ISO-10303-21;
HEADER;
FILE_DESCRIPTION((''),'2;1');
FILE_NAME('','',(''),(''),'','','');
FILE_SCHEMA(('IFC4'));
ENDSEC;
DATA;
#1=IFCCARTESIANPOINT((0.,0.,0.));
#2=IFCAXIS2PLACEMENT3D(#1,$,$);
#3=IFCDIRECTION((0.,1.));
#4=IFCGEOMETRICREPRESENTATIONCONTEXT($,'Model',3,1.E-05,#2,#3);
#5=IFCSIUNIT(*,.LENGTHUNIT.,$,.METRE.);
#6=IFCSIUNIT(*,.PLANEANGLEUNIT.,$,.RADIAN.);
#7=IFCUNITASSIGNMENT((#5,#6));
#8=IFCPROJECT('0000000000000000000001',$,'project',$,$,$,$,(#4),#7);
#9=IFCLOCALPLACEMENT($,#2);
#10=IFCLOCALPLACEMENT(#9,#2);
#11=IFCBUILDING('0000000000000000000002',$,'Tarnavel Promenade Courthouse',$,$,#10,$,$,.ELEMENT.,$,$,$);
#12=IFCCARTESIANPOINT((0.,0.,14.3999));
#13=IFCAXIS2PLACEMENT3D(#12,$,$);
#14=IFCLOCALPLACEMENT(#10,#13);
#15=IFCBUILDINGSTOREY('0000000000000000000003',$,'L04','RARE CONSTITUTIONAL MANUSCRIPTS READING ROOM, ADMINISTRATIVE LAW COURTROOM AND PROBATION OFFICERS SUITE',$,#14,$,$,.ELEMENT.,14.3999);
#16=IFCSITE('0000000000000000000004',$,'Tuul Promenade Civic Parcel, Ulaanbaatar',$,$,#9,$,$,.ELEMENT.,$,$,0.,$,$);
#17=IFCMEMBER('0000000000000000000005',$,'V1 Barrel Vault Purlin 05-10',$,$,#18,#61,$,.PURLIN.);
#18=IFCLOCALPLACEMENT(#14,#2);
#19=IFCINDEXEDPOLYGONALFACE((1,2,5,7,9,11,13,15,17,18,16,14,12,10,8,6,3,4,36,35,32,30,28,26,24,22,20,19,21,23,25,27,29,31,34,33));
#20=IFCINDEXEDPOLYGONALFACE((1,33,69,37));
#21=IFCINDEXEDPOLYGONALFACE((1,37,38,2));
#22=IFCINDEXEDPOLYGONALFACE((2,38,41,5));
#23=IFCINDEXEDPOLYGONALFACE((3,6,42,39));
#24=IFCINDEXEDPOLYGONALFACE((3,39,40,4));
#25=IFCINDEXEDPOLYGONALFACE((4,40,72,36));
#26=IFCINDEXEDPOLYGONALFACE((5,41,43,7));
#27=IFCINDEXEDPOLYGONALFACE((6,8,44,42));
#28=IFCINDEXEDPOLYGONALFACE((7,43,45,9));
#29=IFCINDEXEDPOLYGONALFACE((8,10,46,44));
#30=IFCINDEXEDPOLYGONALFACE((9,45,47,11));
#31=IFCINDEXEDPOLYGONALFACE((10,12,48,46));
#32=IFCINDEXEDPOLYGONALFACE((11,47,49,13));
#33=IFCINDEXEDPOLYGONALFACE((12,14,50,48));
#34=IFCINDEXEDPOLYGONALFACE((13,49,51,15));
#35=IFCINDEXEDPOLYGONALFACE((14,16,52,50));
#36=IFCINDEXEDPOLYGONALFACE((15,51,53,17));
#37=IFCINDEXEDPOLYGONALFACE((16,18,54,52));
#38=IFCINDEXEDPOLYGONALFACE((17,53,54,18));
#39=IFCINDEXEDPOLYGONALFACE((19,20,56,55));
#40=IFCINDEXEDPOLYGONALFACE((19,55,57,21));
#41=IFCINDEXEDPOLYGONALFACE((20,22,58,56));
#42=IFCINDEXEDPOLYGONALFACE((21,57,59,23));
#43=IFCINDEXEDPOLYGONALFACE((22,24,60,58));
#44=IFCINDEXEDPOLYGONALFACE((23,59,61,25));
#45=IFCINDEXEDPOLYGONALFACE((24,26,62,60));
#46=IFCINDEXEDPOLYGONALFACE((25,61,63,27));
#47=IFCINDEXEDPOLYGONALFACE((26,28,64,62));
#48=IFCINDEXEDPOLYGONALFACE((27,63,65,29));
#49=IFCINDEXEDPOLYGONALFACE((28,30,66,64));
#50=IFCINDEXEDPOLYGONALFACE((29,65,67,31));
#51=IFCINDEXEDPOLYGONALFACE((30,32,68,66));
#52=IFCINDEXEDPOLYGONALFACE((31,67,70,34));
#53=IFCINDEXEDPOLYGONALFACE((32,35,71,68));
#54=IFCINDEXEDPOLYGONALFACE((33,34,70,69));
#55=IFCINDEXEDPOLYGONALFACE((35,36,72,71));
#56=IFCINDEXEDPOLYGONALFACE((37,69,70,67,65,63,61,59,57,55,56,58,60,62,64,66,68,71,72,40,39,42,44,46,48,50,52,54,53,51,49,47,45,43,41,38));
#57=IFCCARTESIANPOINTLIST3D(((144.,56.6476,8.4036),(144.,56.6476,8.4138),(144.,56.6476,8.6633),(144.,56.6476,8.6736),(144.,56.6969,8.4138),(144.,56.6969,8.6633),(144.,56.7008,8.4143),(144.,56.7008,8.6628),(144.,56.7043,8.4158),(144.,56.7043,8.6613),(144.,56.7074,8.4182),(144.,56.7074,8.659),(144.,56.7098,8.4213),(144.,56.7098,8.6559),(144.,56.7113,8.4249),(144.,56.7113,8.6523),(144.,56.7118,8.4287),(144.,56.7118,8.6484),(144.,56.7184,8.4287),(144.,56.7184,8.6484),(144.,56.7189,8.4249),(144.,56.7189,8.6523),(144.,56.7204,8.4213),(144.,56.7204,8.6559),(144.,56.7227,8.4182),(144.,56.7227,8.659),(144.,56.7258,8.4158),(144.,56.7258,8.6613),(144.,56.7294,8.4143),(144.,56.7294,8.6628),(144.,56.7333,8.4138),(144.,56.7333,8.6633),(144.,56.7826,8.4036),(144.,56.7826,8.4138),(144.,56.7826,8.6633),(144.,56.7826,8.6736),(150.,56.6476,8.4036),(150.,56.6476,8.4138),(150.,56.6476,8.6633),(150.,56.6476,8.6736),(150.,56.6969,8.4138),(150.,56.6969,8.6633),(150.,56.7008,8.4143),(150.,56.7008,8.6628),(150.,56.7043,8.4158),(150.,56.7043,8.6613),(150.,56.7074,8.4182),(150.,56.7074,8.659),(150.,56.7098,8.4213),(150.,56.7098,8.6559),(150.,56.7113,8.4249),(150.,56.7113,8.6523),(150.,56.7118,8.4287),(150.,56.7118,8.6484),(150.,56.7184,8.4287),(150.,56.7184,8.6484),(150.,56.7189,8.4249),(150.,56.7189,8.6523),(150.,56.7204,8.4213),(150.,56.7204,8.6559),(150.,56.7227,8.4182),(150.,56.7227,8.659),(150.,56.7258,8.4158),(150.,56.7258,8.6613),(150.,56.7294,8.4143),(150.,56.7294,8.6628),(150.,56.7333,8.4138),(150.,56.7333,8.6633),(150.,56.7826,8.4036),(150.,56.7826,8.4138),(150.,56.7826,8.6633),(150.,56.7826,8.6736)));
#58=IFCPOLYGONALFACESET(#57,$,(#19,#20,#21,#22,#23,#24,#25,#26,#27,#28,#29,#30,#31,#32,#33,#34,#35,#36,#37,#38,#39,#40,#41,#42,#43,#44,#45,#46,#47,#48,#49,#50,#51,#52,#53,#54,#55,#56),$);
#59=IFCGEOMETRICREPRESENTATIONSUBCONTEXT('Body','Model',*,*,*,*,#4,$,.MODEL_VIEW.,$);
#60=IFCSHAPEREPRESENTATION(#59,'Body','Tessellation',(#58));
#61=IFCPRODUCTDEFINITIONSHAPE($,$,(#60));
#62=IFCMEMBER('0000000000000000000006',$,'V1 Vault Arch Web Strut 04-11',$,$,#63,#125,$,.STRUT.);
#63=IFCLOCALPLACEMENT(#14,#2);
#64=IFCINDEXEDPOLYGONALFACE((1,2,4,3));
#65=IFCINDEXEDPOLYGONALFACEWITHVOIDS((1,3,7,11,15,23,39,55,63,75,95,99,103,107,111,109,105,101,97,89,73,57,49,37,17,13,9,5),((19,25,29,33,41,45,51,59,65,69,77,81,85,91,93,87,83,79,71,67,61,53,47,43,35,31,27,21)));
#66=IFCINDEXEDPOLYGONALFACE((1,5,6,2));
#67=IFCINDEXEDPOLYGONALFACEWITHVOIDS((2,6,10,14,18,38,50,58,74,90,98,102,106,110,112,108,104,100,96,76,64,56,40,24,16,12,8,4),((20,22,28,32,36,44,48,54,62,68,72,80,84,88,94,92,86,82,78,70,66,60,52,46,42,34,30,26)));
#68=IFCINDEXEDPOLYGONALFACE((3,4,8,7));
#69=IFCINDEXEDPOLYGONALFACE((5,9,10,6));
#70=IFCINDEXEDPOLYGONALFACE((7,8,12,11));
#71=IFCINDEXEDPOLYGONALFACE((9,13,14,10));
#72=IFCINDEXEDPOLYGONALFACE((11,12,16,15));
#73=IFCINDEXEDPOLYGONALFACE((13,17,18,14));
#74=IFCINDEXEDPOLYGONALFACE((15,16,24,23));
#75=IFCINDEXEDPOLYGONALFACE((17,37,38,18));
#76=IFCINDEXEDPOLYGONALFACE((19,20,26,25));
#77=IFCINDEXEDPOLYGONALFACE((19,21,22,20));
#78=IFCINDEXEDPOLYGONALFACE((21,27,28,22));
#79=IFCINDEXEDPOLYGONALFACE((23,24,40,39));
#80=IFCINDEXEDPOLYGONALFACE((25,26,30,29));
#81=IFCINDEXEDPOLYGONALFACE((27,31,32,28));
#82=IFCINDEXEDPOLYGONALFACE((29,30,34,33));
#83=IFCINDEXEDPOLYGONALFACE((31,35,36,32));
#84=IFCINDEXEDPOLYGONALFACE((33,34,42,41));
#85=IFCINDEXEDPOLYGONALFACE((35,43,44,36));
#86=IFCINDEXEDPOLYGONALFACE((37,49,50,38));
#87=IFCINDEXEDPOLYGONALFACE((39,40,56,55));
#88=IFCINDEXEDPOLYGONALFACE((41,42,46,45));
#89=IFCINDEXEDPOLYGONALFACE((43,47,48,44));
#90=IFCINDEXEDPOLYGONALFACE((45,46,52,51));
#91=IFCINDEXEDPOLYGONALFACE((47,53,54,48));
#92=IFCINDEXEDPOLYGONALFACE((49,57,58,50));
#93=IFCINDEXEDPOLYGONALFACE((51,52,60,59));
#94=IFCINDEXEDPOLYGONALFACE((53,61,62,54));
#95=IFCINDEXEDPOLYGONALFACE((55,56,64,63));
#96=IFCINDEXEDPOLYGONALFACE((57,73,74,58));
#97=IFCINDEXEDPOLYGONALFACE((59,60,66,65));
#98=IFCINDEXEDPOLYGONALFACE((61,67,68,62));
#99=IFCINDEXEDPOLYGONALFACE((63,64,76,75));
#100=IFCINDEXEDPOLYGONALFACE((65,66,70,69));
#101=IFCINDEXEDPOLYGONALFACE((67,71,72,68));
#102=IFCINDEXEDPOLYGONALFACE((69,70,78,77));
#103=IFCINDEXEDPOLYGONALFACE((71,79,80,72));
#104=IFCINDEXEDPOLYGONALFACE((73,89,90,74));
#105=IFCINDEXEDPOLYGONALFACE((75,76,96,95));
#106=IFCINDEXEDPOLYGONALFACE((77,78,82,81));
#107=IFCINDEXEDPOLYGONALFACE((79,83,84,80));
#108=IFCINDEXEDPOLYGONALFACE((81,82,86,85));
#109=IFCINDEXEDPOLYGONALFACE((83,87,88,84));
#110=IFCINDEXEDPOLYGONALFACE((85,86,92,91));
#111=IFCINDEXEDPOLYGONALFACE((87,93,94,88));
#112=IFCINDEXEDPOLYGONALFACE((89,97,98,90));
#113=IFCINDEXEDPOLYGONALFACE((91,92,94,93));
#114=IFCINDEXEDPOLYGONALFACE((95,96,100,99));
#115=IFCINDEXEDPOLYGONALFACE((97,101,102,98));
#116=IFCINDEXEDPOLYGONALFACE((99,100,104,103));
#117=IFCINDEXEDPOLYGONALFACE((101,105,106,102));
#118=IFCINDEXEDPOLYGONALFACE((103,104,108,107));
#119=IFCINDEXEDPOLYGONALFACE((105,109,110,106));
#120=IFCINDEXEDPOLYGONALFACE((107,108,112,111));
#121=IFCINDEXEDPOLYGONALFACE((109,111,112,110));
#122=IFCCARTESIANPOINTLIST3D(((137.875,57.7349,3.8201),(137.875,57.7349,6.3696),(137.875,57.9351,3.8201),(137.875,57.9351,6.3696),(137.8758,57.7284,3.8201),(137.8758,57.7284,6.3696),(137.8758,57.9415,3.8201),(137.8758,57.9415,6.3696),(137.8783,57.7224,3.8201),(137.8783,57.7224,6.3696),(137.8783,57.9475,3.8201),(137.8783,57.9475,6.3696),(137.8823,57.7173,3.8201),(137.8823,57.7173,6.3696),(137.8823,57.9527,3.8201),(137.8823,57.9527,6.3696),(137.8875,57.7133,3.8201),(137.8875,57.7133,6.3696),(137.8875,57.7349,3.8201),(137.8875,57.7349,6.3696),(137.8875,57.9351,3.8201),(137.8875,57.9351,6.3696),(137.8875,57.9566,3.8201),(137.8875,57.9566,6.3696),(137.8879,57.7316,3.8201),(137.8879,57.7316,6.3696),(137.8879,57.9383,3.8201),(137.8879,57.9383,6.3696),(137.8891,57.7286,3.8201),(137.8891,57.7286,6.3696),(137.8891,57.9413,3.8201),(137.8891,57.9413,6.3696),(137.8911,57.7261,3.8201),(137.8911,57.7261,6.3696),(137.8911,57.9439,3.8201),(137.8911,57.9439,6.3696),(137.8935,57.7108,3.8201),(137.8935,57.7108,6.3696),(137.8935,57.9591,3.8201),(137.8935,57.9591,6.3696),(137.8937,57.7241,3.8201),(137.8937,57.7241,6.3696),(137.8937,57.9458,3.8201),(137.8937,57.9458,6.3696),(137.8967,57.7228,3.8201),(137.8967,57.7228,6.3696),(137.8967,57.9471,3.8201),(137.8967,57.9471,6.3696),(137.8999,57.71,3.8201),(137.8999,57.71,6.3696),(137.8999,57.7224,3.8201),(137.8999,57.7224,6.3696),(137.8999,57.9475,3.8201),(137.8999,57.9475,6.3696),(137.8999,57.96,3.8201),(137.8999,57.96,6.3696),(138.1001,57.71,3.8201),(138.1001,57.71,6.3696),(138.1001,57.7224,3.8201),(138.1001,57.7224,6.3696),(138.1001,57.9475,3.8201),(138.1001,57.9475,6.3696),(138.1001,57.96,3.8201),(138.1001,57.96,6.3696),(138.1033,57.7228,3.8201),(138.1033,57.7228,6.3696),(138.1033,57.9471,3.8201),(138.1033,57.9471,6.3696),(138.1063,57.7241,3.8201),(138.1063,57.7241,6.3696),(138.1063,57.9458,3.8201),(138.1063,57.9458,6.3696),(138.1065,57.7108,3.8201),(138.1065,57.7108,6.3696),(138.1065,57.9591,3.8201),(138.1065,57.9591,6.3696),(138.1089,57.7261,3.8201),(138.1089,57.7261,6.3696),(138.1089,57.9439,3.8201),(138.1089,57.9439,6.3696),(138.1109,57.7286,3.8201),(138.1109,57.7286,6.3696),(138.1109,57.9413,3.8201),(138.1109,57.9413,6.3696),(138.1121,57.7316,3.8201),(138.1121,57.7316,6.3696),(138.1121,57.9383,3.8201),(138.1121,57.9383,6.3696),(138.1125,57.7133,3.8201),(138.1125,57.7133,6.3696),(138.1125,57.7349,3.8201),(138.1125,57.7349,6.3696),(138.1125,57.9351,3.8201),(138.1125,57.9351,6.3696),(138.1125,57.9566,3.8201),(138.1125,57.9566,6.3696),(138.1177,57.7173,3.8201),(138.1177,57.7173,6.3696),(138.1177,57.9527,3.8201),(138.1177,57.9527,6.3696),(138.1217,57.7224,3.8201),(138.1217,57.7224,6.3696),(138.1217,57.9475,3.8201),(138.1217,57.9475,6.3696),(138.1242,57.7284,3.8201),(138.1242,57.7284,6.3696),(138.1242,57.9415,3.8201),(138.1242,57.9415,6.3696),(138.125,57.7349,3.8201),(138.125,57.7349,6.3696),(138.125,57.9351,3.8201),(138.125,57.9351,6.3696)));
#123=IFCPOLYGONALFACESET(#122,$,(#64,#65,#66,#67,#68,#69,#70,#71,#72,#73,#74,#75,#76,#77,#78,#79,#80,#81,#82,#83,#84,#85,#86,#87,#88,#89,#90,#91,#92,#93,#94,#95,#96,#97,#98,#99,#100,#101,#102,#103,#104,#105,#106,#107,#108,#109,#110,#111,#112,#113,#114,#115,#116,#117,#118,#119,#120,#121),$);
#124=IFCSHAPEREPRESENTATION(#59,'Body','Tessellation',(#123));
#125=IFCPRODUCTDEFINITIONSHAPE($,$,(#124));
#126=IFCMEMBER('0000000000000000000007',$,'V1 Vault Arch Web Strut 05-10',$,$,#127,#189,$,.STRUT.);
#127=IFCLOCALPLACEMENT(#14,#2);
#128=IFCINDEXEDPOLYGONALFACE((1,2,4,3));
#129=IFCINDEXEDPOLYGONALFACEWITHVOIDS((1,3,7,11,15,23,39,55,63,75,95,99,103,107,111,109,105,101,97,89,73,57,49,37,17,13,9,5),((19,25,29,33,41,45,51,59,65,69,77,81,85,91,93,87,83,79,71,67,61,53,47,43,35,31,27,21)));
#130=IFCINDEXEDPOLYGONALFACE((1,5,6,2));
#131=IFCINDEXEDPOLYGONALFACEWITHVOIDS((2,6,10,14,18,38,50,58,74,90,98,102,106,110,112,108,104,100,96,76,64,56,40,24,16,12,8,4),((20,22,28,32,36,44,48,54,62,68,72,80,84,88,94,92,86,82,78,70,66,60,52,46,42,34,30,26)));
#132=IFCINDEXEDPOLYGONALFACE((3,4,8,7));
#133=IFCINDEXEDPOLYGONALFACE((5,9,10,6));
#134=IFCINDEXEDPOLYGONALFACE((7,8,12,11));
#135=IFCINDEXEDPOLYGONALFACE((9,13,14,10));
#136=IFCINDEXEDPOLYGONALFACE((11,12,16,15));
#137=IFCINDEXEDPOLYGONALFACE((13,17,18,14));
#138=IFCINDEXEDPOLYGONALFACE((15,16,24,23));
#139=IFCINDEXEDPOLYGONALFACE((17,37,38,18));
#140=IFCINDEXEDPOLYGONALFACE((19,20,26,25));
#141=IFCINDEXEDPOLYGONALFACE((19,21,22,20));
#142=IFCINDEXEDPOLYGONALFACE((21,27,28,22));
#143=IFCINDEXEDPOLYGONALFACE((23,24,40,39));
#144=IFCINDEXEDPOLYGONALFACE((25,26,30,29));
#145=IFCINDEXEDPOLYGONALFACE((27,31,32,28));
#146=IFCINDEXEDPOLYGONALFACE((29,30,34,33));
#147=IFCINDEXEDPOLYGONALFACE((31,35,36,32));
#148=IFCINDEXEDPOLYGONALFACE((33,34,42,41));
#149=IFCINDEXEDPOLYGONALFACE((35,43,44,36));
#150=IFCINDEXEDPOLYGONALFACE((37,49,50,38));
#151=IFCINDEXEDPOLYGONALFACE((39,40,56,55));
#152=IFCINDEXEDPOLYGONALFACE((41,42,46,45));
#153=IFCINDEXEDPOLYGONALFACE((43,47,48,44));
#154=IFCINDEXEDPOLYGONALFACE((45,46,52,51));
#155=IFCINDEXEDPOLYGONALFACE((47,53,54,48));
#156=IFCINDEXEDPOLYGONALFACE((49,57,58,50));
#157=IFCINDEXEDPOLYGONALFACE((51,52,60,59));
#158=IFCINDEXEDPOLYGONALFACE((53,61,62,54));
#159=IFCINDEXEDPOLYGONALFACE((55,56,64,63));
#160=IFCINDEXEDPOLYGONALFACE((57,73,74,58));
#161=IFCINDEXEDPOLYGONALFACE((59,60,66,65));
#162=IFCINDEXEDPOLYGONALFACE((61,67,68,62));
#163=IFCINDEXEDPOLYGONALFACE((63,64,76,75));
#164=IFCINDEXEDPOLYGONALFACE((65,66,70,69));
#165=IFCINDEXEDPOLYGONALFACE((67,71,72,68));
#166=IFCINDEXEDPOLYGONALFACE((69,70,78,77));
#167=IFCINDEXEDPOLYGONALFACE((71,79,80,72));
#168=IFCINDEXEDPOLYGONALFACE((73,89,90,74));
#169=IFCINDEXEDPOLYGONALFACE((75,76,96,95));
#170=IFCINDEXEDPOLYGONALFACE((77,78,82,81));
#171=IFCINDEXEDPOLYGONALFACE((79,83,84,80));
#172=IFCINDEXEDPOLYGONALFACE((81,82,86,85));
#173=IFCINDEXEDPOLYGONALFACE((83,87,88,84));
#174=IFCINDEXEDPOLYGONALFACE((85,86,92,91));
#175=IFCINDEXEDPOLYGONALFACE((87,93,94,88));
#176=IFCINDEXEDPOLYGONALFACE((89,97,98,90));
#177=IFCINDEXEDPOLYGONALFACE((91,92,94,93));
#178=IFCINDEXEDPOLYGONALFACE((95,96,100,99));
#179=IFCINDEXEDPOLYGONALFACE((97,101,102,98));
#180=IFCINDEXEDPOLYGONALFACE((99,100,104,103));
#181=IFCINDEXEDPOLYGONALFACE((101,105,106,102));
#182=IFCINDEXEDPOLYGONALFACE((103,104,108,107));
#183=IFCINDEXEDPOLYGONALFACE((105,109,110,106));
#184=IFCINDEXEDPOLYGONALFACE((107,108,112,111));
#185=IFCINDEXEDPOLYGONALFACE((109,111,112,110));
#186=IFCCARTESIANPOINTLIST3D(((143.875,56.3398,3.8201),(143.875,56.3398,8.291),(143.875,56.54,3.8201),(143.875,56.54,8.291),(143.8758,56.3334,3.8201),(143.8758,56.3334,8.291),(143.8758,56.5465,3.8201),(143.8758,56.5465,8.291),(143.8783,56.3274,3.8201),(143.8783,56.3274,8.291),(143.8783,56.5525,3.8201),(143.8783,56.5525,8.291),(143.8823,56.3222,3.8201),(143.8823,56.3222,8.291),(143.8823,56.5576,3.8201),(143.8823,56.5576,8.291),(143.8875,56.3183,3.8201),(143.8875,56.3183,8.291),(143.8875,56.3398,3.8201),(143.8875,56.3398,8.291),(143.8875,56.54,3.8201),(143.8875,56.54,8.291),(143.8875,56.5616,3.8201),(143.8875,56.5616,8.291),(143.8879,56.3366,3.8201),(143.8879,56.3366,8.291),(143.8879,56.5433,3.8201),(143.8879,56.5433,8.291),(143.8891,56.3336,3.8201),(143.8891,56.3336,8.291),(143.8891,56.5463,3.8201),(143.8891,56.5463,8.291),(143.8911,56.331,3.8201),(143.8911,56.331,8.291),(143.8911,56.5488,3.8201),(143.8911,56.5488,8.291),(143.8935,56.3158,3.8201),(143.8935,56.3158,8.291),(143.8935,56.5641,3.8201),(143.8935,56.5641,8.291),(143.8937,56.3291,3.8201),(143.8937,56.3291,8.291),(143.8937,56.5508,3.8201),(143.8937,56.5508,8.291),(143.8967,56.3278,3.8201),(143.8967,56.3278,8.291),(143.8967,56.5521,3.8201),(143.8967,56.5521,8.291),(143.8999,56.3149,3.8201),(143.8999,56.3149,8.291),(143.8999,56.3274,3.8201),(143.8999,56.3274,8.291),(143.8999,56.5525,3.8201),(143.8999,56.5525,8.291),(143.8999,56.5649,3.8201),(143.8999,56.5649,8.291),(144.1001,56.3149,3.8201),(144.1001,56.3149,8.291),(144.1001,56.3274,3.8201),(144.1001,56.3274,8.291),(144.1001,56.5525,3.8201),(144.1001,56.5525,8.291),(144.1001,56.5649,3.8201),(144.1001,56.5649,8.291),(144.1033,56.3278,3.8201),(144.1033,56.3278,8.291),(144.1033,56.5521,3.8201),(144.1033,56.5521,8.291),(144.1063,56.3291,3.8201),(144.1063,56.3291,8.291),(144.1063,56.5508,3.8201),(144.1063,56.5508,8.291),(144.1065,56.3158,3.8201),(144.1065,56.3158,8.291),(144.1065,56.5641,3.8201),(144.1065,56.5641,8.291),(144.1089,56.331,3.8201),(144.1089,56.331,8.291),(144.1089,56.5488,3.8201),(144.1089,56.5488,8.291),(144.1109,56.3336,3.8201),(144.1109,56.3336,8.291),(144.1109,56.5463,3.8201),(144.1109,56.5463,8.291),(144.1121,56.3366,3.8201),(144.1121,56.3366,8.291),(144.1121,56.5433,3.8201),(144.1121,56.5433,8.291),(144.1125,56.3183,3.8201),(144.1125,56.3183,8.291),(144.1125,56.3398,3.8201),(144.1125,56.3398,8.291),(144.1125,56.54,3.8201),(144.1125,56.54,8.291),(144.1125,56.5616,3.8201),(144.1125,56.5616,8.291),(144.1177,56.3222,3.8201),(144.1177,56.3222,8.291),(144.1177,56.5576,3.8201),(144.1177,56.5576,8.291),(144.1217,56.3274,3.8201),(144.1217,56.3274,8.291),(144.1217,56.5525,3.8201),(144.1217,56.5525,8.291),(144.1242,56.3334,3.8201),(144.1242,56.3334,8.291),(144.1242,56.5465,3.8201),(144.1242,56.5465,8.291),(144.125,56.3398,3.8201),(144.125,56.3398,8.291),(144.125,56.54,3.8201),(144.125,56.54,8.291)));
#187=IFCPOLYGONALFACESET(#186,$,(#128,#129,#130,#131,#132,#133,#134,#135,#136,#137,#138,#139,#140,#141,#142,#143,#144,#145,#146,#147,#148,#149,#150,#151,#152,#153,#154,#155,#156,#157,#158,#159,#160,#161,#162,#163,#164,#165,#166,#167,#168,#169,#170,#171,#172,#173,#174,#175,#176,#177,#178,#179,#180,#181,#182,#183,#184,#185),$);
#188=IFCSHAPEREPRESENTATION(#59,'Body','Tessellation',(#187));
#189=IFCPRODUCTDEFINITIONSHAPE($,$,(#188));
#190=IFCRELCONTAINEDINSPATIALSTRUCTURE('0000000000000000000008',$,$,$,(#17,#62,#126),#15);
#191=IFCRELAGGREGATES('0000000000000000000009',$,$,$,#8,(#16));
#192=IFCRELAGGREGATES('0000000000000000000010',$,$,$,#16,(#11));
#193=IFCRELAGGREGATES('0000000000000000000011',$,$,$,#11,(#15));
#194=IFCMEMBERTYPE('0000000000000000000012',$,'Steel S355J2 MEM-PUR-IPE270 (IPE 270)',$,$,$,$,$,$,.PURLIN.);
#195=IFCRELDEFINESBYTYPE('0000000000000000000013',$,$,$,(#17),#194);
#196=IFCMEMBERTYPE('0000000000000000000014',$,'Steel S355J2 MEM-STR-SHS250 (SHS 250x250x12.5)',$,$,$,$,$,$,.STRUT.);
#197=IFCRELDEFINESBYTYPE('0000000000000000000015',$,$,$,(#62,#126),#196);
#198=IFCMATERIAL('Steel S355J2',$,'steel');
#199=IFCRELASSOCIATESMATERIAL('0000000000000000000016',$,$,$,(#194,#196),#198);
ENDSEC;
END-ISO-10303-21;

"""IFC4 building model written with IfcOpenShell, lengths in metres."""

from ifc_helpers import new_model, si_unit, direction, frame, origin, origin_2d, place, context, subcontext, project, spatial, hollow_rectangle, i_section, extrude, material, material_profile, profile_set, type_object, element, save


model = new_model("IFC4")

# Units and contexts
model_context = context("Model", 3, precision=1e-05, world=origin(), true_north=direction((0.0, 1.0)))
body_context = subcontext(model_context, "Body", "Model", "MODEL_VIEW")
ifc_project = project(units=[si_unit("LENGTHUNIT", "METRE"), si_unit("PLANEANGLEUNIT", "RADIAN")], contexts=[model_context])

# Site, building, storey
site_placement = place(None, origin())
site = spatial("IfcSite", under=ifc_project, at=site_placement, Name="Tuul Promenade Civic Parcel, Ulaanbaatar", CompositionType="ELEMENT", RefElevation=0.0)
building_placement = place(site_placement, origin())
building = spatial("IfcBuilding", under=site, at=building_placement, Name="Tarnavel Promenade Courthouse", CompositionType="ELEMENT")
storey_placement = place(building_placement, frame((0.0, 0.0, 14.3999)))
storey = spatial("IfcBuildingStorey", under=building, at=storey_placement, Name="L04", Description="RARE CONSTITUTIONAL MANUSCRIPTS READING ROOM, ADMINISTRATIVE LAW COURTROOM AND PROBATION OFFICERS SUITE", CompositionType="ELEMENT", Elevation=14.3999)

# Shared definitions
ifc_material_1 = material(Name="Steel S355J2", Category="steel")

# Members
ifc_material_profile_1 = material_profile(ifc_material_1, i_section(OverallWidth=0.135, OverallDepth=0.27, WebThickness=0.0066, FlangeThickness=0.0103, FilletRadius=0.0149, at=origin_2d()), Name="IPE 270")
ifc_profile_set_1 = profile_set([ifc_material_profile_1], Name="Steel S355J2")
member_type_1 = type_object("IfcMemberType", Name="Steel S355J2 MEM-PUR-IPE270 (IPE 270)", PredefinedType="PURLIN", material=ifc_profile_set_1)
for number, where, z_axis, x_axis, name in (
    (1, (144.0, 56.7151, 8.5386), (1.0, 0.0, 0.0), (0.0, 1.0, 0.0), "V1 Barrel Vault Purlin 05-10"),
):
    element("IfcMember", number, at=place(storey_placement, frame(where, z_axis=z_axis, x_axis=x_axis)), inside=storey, type_object=member_type_1, Name=name, PredefinedType="PURLIN", context=body_context, shape_type="SweptSolid", body=[
        extrude(i_section(OverallWidth=0.135, OverallDepth=0.27, WebThickness=0.0066, FlangeThickness=0.0103, FilletRadius=0.0149, at=origin_2d()), origin(), (0.0, 0.0, 1.0), 6.0),
    ])
ifc_material_profile_2 = material_profile(ifc_material_1, hollow_rectangle(XDim=0.25, YDim=0.25, WallThickness=0.0125, InnerFilletRadius=0.0125, OuterFilletRadius=0.0249, at=origin_2d()), Name="SHS 250x250x12.5")
ifc_profile_set_2 = profile_set([ifc_material_profile_2], Name="Steel S355J2")
member_type_2 = type_object("IfcMemberType", Name="Steel S355J2 MEM-STR-SHS250 (SHS 250x250x12.5)", PredefinedType="STRUT", material=ifc_profile_set_2)
member_1_placement = place(storey_placement, frame((138.0, 57.835, 3.8201), z_axis=(0.0, 0.0, 1.0), x_axis=(1.0, 0.0, 0.0)))
element("IfcMember", 2, at=member_1_placement, inside=storey, type_object=member_type_2, Name="V1 Vault Arch Web Strut 04-11", PredefinedType="STRUT", context=body_context, shape_type="SweptSolid", body=[
    extrude(hollow_rectangle(XDim=0.25, YDim=0.25, WallThickness=0.0125, InnerFilletRadius=0.0125, OuterFilletRadius=0.0249, at=origin_2d()), origin(), (0.0, 0.0, 1.0), 2.5496),
])
member_2_placement = place(storey_placement, frame((144.0, 56.4399, 3.8201), z_axis=(0.0, 0.0, 1.0), x_axis=(1.0, 0.0, 0.0)))
element("IfcMember", 3, at=member_2_placement, inside=storey, type_object=member_type_2, Name="V1 Vault Arch Web Strut 05-10", PredefinedType="STRUT", context=body_context, shape_type="SweptSolid", body=[
    extrude(hollow_rectangle(XDim=0.25, YDim=0.25, WallThickness=0.0125, InnerFilletRadius=0.0125, OuterFilletRadius=0.0249, at=origin_2d()), origin(), (0.0, 0.0, 1.0), 4.4709),
])

save(model, "model.ifc")
